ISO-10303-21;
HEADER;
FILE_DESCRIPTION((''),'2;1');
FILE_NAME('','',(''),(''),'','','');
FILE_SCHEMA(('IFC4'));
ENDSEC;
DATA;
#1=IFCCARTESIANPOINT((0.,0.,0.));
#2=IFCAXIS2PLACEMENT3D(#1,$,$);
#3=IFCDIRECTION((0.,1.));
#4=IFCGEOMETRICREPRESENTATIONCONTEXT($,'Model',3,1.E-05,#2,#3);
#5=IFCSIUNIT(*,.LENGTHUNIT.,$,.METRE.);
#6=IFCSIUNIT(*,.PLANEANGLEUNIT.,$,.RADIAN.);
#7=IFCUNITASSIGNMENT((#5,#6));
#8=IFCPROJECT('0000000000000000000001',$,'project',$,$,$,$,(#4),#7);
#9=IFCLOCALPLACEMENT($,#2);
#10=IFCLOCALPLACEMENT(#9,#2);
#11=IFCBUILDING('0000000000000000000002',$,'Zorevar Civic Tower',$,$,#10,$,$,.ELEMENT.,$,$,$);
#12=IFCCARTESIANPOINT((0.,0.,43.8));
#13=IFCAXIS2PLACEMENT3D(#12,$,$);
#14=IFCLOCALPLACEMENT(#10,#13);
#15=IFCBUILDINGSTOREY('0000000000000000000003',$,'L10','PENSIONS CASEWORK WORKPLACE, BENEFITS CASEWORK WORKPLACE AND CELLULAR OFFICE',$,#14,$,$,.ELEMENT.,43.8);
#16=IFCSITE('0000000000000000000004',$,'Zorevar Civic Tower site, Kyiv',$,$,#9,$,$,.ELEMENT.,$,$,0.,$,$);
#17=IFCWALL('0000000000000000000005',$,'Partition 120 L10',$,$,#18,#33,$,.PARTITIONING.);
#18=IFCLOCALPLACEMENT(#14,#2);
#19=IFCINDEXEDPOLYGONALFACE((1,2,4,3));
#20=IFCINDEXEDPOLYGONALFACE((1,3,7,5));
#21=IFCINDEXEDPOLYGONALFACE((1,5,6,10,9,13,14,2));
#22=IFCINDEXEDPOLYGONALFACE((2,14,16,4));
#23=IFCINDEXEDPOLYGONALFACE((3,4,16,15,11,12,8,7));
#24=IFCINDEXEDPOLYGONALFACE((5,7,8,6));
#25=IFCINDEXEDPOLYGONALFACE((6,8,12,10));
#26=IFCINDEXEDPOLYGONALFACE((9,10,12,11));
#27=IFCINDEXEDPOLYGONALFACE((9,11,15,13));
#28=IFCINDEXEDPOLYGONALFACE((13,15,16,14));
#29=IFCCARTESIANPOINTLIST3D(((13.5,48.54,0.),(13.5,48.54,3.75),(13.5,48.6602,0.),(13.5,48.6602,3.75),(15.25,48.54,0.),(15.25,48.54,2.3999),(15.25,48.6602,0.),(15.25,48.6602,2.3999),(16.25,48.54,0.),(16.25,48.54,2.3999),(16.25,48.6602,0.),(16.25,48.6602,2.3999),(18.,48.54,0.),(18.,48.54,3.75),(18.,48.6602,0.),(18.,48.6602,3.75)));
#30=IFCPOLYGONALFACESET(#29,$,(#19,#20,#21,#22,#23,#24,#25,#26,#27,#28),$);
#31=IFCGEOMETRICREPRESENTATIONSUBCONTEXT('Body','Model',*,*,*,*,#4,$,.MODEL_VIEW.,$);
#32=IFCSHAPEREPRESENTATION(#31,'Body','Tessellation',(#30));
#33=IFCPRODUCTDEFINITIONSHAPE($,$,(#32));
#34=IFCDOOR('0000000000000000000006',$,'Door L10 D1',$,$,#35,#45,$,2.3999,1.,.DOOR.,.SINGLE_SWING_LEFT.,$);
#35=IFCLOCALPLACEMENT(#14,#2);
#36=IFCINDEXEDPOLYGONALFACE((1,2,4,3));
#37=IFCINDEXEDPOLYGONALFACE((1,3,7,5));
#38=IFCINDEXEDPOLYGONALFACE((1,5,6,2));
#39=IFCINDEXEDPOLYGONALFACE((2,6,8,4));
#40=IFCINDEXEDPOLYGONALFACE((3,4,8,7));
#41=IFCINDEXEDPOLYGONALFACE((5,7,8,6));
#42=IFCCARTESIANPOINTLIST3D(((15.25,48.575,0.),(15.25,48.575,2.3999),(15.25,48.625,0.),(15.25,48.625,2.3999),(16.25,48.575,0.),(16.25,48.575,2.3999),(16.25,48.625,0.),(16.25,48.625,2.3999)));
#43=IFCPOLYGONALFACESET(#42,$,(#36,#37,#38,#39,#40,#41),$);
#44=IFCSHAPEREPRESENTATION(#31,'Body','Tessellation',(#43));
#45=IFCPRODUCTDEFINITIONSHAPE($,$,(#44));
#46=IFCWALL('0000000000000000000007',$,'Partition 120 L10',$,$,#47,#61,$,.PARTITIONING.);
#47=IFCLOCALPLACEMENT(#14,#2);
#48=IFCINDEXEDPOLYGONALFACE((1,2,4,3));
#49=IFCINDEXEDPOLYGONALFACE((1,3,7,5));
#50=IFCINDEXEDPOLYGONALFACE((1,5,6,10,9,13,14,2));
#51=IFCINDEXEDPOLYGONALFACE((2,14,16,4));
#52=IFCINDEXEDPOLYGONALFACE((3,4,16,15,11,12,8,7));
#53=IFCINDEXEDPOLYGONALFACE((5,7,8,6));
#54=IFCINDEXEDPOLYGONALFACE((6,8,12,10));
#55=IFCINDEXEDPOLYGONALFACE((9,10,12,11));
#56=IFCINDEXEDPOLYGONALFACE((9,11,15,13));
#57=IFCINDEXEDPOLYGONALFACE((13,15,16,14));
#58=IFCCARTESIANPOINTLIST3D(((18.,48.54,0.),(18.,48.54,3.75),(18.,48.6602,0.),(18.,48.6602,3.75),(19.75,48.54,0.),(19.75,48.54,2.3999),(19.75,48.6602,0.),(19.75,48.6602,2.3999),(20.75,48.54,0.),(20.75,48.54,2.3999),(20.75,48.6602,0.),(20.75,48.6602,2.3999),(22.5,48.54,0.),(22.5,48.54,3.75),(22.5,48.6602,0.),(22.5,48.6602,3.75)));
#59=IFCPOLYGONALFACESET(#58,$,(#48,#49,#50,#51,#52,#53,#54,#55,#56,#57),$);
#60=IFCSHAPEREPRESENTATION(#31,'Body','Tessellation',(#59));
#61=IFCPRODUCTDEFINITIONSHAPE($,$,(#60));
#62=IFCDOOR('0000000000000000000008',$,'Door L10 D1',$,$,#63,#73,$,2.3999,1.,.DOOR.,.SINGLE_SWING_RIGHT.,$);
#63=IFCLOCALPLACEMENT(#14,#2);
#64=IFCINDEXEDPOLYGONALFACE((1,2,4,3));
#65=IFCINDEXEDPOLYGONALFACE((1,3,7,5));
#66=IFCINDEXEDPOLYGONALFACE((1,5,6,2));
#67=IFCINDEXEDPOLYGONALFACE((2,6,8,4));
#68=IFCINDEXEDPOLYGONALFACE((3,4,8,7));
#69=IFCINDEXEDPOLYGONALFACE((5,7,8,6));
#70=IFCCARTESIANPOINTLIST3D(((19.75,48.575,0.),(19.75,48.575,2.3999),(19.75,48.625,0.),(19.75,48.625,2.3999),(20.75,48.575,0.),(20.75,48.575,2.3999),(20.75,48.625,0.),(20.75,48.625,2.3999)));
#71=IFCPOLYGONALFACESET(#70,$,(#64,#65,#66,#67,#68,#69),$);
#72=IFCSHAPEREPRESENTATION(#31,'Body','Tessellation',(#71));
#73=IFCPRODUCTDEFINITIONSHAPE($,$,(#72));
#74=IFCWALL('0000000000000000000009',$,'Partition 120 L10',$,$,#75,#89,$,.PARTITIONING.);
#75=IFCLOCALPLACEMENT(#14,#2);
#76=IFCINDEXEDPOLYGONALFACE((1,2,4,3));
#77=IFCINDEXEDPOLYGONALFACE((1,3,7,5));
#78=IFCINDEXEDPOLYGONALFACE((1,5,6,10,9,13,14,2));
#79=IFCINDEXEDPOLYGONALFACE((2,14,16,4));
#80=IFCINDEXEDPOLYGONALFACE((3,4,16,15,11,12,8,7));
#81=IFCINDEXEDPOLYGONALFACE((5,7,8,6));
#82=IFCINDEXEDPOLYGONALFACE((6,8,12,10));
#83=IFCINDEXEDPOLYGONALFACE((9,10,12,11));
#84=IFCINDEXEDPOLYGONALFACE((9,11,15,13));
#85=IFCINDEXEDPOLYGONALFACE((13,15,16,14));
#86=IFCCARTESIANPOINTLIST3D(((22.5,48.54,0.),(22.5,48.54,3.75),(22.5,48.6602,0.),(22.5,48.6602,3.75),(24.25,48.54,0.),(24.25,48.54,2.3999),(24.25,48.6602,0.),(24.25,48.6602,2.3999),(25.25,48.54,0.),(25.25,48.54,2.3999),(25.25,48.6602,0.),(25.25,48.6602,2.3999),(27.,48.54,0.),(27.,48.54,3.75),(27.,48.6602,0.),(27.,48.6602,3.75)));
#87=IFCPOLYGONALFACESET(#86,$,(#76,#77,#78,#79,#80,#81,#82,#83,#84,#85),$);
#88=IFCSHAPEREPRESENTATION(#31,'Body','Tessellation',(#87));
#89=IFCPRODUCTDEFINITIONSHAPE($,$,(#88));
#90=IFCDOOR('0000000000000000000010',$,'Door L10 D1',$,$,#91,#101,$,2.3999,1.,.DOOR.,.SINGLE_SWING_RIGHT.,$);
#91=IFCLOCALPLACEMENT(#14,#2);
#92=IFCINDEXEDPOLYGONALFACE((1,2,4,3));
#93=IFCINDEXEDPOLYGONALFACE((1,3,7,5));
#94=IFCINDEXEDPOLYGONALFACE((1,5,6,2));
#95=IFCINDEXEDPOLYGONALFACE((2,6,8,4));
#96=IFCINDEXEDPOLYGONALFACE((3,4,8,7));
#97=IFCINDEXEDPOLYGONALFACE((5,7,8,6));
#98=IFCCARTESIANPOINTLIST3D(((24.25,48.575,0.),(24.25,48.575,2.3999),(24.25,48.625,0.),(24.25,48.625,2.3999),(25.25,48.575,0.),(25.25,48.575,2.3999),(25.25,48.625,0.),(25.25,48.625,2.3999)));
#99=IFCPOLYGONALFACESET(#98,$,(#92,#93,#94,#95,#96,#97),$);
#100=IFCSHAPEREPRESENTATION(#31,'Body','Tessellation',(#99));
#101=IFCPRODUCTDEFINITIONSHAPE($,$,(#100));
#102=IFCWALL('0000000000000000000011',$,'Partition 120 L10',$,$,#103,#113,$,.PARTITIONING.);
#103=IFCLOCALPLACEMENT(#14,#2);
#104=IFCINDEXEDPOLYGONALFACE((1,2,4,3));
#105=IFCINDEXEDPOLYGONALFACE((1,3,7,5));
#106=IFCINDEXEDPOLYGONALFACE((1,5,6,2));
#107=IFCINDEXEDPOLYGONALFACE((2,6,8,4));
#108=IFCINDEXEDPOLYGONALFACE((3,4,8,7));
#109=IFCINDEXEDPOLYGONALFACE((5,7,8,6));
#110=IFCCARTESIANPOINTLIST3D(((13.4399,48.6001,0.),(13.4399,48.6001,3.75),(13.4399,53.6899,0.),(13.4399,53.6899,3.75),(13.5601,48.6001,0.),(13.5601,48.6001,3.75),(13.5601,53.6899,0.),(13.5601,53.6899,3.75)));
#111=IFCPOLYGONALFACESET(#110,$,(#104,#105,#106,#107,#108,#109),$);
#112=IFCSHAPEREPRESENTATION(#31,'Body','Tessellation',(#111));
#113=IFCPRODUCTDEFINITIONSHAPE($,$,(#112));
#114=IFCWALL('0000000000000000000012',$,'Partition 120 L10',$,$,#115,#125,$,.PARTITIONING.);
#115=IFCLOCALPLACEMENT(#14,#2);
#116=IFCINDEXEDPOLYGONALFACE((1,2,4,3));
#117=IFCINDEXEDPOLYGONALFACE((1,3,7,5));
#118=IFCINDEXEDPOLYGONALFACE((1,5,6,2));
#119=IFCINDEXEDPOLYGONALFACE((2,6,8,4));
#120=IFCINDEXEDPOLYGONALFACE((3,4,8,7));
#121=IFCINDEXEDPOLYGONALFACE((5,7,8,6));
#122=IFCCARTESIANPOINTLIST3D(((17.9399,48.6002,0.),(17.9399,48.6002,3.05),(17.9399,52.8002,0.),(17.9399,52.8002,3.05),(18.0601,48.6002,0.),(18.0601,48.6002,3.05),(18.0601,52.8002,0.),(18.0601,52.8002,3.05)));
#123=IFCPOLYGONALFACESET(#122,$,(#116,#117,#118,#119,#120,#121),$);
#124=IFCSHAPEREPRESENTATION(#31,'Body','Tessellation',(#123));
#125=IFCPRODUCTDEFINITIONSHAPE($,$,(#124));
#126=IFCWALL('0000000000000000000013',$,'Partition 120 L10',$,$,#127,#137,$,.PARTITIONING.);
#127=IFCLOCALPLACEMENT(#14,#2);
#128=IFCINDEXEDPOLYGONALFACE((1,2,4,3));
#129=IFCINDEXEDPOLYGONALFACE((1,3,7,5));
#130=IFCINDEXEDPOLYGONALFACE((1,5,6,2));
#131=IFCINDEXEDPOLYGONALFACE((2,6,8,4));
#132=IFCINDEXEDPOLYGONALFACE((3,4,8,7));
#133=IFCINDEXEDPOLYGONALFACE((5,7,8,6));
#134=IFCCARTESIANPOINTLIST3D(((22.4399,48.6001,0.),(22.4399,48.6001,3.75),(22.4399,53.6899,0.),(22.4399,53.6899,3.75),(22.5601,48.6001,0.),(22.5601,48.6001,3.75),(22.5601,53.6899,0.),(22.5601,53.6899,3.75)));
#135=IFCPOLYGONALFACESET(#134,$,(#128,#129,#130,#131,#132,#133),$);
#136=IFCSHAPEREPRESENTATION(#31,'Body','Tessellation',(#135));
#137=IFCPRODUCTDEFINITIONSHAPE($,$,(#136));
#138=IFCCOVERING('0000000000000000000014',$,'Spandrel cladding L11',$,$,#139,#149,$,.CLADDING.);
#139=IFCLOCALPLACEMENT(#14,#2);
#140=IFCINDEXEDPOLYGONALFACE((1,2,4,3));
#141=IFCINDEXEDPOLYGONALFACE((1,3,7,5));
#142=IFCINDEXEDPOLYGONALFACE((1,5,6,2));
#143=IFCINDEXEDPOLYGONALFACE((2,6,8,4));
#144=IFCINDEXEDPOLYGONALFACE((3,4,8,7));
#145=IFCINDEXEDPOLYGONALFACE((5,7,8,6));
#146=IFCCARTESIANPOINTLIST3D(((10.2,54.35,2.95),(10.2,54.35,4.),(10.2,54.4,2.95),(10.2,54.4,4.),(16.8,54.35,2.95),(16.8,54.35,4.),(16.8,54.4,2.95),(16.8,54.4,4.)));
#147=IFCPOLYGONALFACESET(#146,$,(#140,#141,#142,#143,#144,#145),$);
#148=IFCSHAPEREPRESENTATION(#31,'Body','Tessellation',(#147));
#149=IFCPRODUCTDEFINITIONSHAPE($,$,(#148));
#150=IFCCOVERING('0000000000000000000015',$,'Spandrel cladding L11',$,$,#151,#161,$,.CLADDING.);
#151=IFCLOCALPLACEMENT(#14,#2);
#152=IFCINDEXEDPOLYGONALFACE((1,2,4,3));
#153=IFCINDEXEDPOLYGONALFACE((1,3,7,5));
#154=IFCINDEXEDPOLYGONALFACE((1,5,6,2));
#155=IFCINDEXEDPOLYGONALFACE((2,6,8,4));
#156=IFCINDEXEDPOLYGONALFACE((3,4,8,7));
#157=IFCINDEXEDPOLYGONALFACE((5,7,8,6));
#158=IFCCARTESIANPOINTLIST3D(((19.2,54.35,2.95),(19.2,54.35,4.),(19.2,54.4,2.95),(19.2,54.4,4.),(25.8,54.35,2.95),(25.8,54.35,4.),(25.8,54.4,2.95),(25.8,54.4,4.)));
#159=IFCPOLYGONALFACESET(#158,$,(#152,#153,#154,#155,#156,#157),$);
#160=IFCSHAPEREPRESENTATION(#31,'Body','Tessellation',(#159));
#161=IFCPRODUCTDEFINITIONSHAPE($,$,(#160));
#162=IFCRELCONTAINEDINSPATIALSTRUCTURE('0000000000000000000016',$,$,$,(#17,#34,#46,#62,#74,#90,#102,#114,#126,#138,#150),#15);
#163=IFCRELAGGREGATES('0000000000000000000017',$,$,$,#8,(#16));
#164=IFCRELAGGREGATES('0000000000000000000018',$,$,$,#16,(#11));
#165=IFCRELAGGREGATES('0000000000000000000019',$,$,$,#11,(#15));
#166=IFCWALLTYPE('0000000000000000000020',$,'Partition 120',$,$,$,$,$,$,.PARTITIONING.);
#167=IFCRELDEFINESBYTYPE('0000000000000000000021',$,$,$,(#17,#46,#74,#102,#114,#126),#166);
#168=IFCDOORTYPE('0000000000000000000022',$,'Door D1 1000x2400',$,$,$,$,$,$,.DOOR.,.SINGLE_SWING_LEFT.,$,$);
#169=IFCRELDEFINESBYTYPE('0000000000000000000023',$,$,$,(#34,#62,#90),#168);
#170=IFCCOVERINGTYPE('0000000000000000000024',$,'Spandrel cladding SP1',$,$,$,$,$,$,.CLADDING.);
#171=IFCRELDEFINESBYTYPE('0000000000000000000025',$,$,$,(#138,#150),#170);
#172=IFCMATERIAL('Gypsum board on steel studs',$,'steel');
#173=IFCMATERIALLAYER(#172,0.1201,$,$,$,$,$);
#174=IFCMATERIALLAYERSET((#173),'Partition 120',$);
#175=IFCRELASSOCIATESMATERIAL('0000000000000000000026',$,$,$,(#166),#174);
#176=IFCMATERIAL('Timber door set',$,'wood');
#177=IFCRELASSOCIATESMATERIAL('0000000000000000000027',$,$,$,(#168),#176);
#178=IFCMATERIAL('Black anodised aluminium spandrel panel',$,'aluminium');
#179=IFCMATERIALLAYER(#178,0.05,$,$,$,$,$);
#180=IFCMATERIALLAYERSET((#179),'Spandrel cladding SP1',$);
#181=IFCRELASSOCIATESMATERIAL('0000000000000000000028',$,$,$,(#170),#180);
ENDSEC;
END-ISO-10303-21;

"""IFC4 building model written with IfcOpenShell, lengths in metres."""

from ifc_helpers import new_model, si_unit, direction, frame, frame_2d, origin, place, context, subcontext, project, spatial, rectangle, extrude, material, layer, layer_set, type_object, element, fill, save


model = new_model("IFC4")

# Units and contexts
model_context = context("Model", 3, precision=1e-05, world=origin(), true_north=direction((0.0, 1.0)))
body_context = subcontext(model_context, "Body", "Model", "MODEL_VIEW")
ifc_project = project(units=[si_unit("LENGTHUNIT", "METRE"), si_unit("PLANEANGLEUNIT", "RADIAN")], contexts=[model_context])

# Site, building, storey
site_placement = place(None, origin())
site = spatial("IfcSite", under=ifc_project, at=site_placement, Name="Zorevar Civic Tower site, Kyiv", CompositionType="ELEMENT", RefElevation=0.0)
building_placement = place(site_placement, origin())
building = spatial("IfcBuilding", under=site, at=building_placement, Name="Zorevar Civic Tower", CompositionType="ELEMENT")
storey_placement = place(building_placement, frame((0.0, 0.0, 43.8)))
storey = spatial("IfcBuildingStorey", under=building, at=storey_placement, Name="L10", Description="PENSIONS CASEWORK WORKPLACE, BENEFITS CASEWORK WORKPLACE AND CELLULAR OFFICE", CompositionType="ELEMENT", Elevation=43.8)

# Walls, openings, doors
ifc_material_1 = material(Name="Gypsum board on steel studs", Category="steel")
ifc_layer_1 = layer(ifc_material_1, 0.1201)
ifc_layer_set_1 = layer_set([ifc_layer_1], Name="Partition 120")
wall_type = type_object("IfcWallType", Name="Partition 120", PredefinedType="PARTITIONING", material=ifc_layer_set_1)
wall_1_placement = place(storey_placement, frame((13.5, 48.6001, 0.0), z_axis=(0.0, 0.0, 1.0), x_axis=(1.0, 0.0, 0.0)))
wall_1 = element("IfcWall", 1, at=wall_1_placement, inside=storey, type_object=wall_type, Name="Partition 120 L10", PredefinedType="PARTITIONING", context=body_context, shape_type="SweptSolid", body=[
    extrude(rectangle(XDim=4.5, YDim=0.1201, at=frame_2d((2.25, 0.0))), origin(), (0.0, 0.0, 1.0), 3.75),
])
opening_1_placement = place(wall_1_placement, frame((1.75, 0.0, 0.0)))
opening_1 = element("IfcOpeningElement", 2, at=opening_1_placement, cuts=wall_1, PredefinedType="OPENING", context=body_context, shape_type="SweptSolid", body=[
    extrude(rectangle(XDim=1.0, YDim=2.3999, at=frame_2d((0.5, 1.2))), frame((0.0, 0.0701, 0.0), z_axis=(0.0, -1.0, 0.0), x_axis=(1.0, 0.0, 0.0)), (0.0, 0.0, 1.0), 0.1401),
])
ifc_material_2 = material(Name="Timber door set", Category="wood")
door_type = type_object("IfcDoorType", Name="Door D1 1000x2400", OperationType="SINGLE_SWING_LEFT", PredefinedType="DOOR", material=ifc_material_2)
door_1_placement = place(opening_1_placement, origin())
door_1 = element("IfcDoor", 3, at=door_1_placement, inside=storey, type_object=door_type, Name="Door L10 D1", OperationType="SINGLE_SWING_LEFT", OverallHeight=2.3999, OverallWidth=1.0, PredefinedType="DOOR", context=body_context, shape_type="SweptSolid", body=[
    extrude(rectangle(XDim=1.0, YDim=2.3999, at=frame_2d((0.5, 1.2))), frame((0.0, 0.0249, 0.0), z_axis=(0.0, -1.0, 0.0), x_axis=(1.0, 0.0, 0.0)), (0.0, 0.0, 1.0), 0.05),
])
fill(opening_1, door_1)
wall_2_placement = place(storey_placement, frame((18.0, 48.6001, 0.0), z_axis=(0.0, 0.0, 1.0), x_axis=(1.0, 0.0, 0.0)))
wall_2 = element("IfcWall", 4, at=wall_2_placement, inside=storey, type_object=wall_type, Name="Partition 120 L10", PredefinedType="PARTITIONING", context=body_context, shape_type="SweptSolid", body=[
    extrude(rectangle(XDim=4.5, YDim=0.1201, at=frame_2d((2.25, 0.0))), origin(), (0.0, 0.0, 1.0), 3.75),
])
opening_2_placement = place(wall_2_placement, frame((1.75, 0.0, 0.0)))
opening_2 = element("IfcOpeningElement", 5, at=opening_2_placement, cuts=wall_2, PredefinedType="OPENING", context=body_context, shape_type="SweptSolid", body=[
    extrude(rectangle(XDim=1.0, YDim=2.3999, at=frame_2d((0.5, 1.2))), frame((0.0, 0.0701, 0.0), z_axis=(0.0, -1.0, 0.0), x_axis=(1.0, 0.0, 0.0)), (0.0, 0.0, 1.0), 0.1401),
])
door_2_placement = place(opening_2_placement, origin())
door_2 = element("IfcDoor", 6, at=door_2_placement, inside=storey, type_object=door_type, Name="Door L10 D1", OperationType="SINGLE_SWING_RIGHT", OverallHeight=2.3999, OverallWidth=1.0, PredefinedType="DOOR", context=body_context, shape_type="SweptSolid", body=[
    extrude(rectangle(XDim=1.0, YDim=2.3999, at=frame_2d((0.5, 1.2))), frame((0.0, 0.0249, 0.0), z_axis=(0.0, -1.0, 0.0), x_axis=(1.0, 0.0, 0.0)), (0.0, 0.0, 1.0), 0.05),
])
fill(opening_2, door_2)
wall_3_placement = place(storey_placement, frame((22.5, 48.6001, 0.0), z_axis=(0.0, 0.0, 1.0), x_axis=(1.0, 0.0, 0.0)))
wall_3 = element("IfcWall", 7, at=wall_3_placement, inside=storey, type_object=wall_type, Name="Partition 120 L10", PredefinedType="PARTITIONING", context=body_context, shape_type="SweptSolid", body=[
    extrude(rectangle(XDim=4.5, YDim=0.1201, at=frame_2d((2.25, 0.0))), origin(), (0.0, 0.0, 1.0), 3.75),
])
opening_3_placement = place(wall_3_placement, frame((1.75, 0.0, 0.0)))
opening_3 = element("IfcOpeningElement", 8, at=opening_3_placement, cuts=wall_3, PredefinedType="OPENING", context=body_context, shape_type="SweptSolid", body=[
    extrude(rectangle(XDim=1.0, YDim=2.3999, at=frame_2d((0.5, 1.2))), frame((0.0, 0.0701, 0.0), z_axis=(0.0, -1.0, 0.0), x_axis=(1.0, 0.0, 0.0)), (0.0, 0.0, 1.0), 0.1401),
])
door_3_placement = place(opening_3_placement, origin())
door_3 = element("IfcDoor", 9, at=door_3_placement, inside=storey, type_object=door_type, Name="Door L10 D1", OperationType="SINGLE_SWING_RIGHT", OverallHeight=2.3999, OverallWidth=1.0, PredefinedType="DOOR", context=body_context, shape_type="SweptSolid", body=[
    extrude(rectangle(XDim=1.0, YDim=2.3999, at=frame_2d((0.5, 1.2))), frame((0.0, 0.0249, 0.0), z_axis=(0.0, -1.0, 0.0), x_axis=(1.0, 0.0, 0.0)), (0.0, 0.0, 1.0), 0.05),
])
fill(opening_3, door_3)

# Walls
wall_4_placement = place(storey_placement, frame((13.5, 48.6001, 0.0), z_axis=(0.0, 0.0, 1.0), x_axis=(0.0, 1.0, 0.0)))
element("IfcWall", 10, at=wall_4_placement, inside=storey, type_object=wall_type, Name="Partition 120 L10", PredefinedType="PARTITIONING", context=body_context, shape_type="SweptSolid", body=[
    extrude(rectangle(XDim=5.0898, YDim=0.1201, at=frame_2d((2.5449, 0.0))), origin(), (0.0, 0.0, 1.0), 3.75),
])
wall_5_placement = place(storey_placement, frame((18.0, 48.6001, 0.0), z_axis=(0.0, 0.0, 1.0), x_axis=(0.0, 1.0, 0.0)))
element("IfcWall", 11, at=wall_5_placement, inside=storey, type_object=wall_type, Name="Partition 120 L10", PredefinedType="PARTITIONING", context=body_context, shape_type="SweptSolid", body=[
    extrude(rectangle(XDim=4.2, YDim=0.1201, at=frame_2d((2.1001, 0.0))), origin(), (0.0, 0.0, 1.0), 3.05),
])
wall_6_placement = place(storey_placement, frame((22.5, 48.6001, 0.0), z_axis=(0.0, 0.0, 1.0), x_axis=(0.0, 1.0, 0.0)))
element("IfcWall", 12, at=wall_6_placement, inside=storey, type_object=wall_type, Name="Partition 120 L10", PredefinedType="PARTITIONING", context=body_context, shape_type="SweptSolid", body=[
    extrude(rectangle(XDim=5.0898, YDim=0.1201, at=frame_2d((2.5449, 0.0))), origin(), (0.0, 0.0, 1.0), 3.75),
])

# Coverings
ifc_material_3 = material(Name="Black anodised aluminium spandrel panel", Category="aluminium")
ifc_layer_2 = layer(ifc_material_3, 0.05)
ifc_layer_set_2 = layer_set([ifc_layer_2], Name="Spandrel cladding SP1")
covering_type = type_object("IfcCoveringType", Name="Spandrel cladding SP1", PredefinedType="CLADDING", material=ifc_layer_set_2)
for number, where, z_axis, x_axis, name in (
    (13, (10.2, 54.375, 2.95), (0.0, 0.0, 1.0), (1.0, 0.0, 0.0), "Spandrel cladding L11"),
    (14, (19.2, 54.375, 2.95), (0.0, 0.0, 1.0), (1.0, 0.0, 0.0), "Spandrel cladding L11"),
):
    element("IfcCovering", number, at=place(storey_placement, frame(where, z_axis=z_axis, x_axis=x_axis)), inside=storey, type_object=covering_type, Name=name, PredefinedType="CLADDING", context=body_context, shape_type="SweptSolid", body=[
        extrude(rectangle(XDim=6.6001, YDim=0.05, at=frame_2d((3.3, 0.0))), origin(), (0.0, 0.0, 1.0), 1.05),
    ])

save(model, "model.ifc")
